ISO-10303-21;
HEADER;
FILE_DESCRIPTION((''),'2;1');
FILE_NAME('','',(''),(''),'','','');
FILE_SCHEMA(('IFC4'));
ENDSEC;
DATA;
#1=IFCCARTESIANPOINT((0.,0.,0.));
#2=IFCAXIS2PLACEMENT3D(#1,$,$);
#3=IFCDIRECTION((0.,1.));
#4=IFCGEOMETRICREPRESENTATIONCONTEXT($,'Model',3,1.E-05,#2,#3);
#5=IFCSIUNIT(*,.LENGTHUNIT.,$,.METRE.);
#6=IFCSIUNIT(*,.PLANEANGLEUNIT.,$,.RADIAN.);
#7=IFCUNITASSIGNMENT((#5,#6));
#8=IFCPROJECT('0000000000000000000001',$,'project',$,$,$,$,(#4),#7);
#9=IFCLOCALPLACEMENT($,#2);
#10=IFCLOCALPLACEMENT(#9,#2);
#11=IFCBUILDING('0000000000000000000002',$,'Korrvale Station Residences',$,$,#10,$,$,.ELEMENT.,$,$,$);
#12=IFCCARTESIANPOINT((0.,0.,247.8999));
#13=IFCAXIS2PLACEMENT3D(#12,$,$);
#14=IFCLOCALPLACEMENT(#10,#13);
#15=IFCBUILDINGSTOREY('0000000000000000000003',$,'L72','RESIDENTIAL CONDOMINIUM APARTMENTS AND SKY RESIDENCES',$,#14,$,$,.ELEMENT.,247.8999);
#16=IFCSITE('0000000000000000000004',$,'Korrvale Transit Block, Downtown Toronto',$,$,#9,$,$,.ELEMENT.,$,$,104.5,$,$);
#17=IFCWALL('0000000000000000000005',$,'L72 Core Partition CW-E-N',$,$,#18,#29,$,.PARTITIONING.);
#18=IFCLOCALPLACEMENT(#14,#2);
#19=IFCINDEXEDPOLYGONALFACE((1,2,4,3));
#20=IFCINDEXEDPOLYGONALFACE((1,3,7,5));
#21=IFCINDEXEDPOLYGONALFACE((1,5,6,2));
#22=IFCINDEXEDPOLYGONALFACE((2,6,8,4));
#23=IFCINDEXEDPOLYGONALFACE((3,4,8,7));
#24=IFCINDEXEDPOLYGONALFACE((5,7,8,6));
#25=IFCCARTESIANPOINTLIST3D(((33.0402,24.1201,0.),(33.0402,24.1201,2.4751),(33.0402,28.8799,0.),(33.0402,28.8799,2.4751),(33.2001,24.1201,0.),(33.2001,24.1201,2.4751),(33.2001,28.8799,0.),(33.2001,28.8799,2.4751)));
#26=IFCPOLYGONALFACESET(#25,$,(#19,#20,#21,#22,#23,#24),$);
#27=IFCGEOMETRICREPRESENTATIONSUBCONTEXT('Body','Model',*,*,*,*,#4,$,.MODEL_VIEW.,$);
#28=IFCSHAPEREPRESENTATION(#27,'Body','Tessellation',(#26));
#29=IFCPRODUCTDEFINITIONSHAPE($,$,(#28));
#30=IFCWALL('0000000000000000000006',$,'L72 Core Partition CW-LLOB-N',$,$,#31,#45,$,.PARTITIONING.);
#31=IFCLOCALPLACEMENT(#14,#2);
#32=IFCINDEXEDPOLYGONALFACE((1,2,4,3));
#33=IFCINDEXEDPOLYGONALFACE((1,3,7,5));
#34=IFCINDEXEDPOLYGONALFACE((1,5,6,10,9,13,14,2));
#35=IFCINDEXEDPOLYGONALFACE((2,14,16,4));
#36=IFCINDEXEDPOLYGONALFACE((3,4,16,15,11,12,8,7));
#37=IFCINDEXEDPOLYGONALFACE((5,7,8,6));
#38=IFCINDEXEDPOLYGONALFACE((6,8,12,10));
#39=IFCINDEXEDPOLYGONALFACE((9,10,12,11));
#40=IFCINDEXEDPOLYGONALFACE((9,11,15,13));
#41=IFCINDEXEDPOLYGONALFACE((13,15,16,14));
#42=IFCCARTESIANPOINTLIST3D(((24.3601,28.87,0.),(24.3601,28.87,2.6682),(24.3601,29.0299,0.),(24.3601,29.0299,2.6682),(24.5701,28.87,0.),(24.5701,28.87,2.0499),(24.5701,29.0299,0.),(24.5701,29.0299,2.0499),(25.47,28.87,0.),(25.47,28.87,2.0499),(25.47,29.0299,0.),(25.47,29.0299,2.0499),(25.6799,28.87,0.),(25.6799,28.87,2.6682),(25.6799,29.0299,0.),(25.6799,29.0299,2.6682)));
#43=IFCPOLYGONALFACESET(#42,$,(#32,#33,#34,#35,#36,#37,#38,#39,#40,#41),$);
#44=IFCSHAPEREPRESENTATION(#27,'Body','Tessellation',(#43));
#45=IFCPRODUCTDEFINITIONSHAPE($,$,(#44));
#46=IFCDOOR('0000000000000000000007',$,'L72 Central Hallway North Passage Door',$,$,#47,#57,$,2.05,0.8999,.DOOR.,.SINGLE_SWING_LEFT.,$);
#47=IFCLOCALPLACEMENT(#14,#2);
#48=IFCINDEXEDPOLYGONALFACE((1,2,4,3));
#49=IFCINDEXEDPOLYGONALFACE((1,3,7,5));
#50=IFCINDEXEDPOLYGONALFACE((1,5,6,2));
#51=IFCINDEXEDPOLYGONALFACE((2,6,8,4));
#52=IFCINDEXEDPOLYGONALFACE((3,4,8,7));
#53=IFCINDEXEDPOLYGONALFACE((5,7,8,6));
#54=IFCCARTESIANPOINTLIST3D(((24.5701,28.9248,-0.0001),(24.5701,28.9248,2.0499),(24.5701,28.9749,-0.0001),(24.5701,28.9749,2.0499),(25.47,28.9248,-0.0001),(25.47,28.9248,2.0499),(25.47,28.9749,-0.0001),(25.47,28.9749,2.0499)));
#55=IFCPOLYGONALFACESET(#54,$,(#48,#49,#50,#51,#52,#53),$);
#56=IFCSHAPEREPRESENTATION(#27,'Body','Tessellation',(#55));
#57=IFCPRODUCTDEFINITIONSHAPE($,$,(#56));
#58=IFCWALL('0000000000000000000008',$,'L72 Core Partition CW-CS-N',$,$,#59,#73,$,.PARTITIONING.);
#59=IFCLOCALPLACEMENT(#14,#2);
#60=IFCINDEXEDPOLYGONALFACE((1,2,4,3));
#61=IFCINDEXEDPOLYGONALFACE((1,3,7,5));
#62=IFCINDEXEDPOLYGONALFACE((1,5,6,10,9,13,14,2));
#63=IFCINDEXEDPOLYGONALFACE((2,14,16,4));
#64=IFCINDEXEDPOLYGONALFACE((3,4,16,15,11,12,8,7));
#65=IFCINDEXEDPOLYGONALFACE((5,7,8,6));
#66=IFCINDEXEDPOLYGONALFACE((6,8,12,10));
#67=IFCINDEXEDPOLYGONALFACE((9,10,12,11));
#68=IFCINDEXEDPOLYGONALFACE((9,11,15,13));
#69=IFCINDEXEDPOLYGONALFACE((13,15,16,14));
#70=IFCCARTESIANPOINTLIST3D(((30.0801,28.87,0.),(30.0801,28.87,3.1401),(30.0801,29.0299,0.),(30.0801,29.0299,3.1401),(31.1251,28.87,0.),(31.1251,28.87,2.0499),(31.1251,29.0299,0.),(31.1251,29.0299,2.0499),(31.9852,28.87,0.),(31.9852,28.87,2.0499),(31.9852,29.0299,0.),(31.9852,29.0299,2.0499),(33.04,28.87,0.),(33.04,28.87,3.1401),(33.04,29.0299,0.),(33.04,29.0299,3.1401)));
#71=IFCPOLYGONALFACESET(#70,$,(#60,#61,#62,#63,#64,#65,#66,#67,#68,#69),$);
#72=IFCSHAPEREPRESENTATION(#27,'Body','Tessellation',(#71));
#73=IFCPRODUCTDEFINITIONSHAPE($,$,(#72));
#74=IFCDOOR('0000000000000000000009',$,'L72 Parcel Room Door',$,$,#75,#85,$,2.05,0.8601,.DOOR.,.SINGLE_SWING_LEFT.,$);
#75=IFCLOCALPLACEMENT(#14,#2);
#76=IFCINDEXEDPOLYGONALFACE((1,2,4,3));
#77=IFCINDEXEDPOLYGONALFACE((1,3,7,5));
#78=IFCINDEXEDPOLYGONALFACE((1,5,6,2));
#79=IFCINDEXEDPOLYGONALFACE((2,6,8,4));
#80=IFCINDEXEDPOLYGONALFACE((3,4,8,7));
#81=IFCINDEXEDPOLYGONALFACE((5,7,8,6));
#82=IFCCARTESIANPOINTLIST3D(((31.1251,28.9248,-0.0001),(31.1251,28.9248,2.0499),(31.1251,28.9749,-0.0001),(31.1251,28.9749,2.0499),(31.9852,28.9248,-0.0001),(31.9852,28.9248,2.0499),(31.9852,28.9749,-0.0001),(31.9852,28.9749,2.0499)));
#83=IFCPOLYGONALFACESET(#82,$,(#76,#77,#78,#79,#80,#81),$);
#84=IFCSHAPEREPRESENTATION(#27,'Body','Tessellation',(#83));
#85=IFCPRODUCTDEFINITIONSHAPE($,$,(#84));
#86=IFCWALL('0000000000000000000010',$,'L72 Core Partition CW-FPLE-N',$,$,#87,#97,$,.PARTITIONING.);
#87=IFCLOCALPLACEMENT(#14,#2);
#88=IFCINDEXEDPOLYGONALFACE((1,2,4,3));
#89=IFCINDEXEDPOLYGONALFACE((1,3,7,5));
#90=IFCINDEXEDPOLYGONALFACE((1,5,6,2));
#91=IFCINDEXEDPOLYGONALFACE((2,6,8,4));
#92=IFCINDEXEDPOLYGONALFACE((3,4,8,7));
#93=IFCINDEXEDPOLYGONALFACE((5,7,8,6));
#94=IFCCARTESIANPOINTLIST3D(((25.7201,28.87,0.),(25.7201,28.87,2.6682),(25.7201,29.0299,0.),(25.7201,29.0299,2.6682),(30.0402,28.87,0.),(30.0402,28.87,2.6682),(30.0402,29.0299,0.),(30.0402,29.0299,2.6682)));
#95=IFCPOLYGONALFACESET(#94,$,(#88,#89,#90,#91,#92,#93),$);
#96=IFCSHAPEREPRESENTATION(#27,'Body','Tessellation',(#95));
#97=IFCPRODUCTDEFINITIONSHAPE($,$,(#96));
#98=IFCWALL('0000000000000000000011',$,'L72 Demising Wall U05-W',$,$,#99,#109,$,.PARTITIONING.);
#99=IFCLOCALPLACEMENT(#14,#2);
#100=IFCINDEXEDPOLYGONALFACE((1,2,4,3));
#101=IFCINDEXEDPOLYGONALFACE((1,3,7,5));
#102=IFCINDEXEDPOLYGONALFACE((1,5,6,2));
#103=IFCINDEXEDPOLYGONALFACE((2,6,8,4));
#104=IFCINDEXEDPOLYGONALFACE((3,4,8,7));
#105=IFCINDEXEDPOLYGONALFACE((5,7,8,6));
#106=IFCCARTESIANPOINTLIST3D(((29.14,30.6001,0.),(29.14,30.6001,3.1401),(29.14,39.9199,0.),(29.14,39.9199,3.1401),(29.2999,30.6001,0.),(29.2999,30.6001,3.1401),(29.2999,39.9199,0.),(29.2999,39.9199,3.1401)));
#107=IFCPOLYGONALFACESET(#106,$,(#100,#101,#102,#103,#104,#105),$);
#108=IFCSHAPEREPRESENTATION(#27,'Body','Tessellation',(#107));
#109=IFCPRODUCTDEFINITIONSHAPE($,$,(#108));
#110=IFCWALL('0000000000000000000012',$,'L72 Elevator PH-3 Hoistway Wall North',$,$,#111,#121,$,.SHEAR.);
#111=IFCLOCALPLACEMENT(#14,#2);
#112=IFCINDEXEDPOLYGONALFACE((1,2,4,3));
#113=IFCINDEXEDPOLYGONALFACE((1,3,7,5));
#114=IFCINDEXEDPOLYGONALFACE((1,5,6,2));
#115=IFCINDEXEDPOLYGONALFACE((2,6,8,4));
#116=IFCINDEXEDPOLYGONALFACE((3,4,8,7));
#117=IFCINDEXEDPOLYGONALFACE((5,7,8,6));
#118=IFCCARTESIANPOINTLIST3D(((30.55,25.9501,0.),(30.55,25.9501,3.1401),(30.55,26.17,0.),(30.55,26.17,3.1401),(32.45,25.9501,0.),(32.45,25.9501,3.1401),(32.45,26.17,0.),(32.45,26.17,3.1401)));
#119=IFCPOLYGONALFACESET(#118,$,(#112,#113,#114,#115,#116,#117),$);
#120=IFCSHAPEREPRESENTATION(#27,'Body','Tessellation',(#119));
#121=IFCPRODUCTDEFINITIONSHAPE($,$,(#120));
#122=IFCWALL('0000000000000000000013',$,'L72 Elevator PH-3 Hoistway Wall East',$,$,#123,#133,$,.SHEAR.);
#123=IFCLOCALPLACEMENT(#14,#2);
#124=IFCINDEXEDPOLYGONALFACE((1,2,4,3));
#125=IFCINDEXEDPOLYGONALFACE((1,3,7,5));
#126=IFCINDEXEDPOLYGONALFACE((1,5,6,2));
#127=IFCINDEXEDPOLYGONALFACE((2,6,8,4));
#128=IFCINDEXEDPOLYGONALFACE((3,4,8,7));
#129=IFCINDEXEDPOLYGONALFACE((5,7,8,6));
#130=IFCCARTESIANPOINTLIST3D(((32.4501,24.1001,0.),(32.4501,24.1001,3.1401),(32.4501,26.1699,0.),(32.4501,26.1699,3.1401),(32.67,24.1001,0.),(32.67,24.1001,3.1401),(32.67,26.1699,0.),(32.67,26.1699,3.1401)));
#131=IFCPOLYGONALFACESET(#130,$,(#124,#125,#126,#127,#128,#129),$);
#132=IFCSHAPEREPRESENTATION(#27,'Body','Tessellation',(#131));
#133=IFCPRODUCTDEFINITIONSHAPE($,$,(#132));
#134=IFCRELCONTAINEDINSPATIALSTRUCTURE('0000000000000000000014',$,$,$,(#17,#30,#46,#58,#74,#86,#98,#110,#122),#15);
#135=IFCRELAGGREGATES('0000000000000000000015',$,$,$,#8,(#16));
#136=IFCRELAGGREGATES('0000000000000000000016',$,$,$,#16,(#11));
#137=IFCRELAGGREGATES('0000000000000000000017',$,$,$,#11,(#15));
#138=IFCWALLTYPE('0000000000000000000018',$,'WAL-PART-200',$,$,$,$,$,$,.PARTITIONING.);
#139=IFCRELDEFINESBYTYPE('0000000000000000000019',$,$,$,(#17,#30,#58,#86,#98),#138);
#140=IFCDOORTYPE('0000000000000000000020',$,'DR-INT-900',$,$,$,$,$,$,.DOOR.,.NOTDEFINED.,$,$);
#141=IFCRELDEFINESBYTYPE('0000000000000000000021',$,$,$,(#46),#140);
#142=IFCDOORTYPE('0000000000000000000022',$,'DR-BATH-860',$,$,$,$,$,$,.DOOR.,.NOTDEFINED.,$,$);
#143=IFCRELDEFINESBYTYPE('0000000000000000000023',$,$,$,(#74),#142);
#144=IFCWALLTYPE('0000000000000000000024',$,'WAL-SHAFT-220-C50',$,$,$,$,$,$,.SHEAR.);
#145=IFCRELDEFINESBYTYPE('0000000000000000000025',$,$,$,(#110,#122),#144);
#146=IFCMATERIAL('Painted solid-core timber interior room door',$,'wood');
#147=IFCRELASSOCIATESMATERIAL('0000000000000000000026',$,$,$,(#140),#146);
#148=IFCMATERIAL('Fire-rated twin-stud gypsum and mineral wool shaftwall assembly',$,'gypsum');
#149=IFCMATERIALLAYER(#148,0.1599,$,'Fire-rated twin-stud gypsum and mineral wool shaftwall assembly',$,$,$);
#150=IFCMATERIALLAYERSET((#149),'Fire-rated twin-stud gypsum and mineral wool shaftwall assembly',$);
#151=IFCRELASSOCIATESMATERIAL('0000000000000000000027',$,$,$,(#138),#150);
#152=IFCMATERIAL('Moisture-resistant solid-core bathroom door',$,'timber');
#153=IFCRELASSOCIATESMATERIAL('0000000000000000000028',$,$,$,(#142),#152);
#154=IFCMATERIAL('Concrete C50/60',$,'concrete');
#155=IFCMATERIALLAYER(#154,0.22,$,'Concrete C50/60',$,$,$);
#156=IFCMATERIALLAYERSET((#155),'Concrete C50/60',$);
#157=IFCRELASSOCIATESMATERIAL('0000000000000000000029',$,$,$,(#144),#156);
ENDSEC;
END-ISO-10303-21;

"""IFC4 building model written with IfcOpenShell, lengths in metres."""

from ifc_helpers import new_model, si_unit, direction, frame, frame_2d, origin, place, context, subcontext, project, spatial, rectangle, extrude, material, layer, layer_set, type_object, element, fill, save


model = new_model("IFC4")

# Units and contexts
model_context = context("Model", 3, precision=1e-05, world=origin(), true_north=direction((0.0, 1.0)))
body_context = subcontext(model_context, "Body", "Model", "MODEL_VIEW")
ifc_project = project(units=[si_unit("LENGTHUNIT", "METRE"), si_unit("PLANEANGLEUNIT", "RADIAN")], contexts=[model_context])

# Site, building, storey
site_placement = place(None, origin())
site = spatial("IfcSite", under=ifc_project, at=site_placement, Name="Korrvale Transit Block, Downtown Toronto", CompositionType="ELEMENT", RefElevation=104.5)
building_placement = place(site_placement, origin())
building = spatial("IfcBuilding", under=site, at=building_placement, Name="Korrvale Station Residences", CompositionType="ELEMENT")
storey_placement = place(building_placement, frame((0.0, 0.0, 247.8999)))
storey = spatial("IfcBuildingStorey", under=building, at=storey_placement, Name="L72", Description="RESIDENTIAL CONDOMINIUM APARTMENTS AND SKY RESIDENCES", CompositionType="ELEMENT", Elevation=247.8999)

# Shared definitions
ifc_material_1 = material(Name="Concrete C50/60", Category="concrete")

# Shared definitions
ifc_material_2 = material(Name="Painted solid-core timber interior room door", Category="wood")
door_type_1 = type_object("IfcDoorType", Name="DR-INT-900", OperationType="NOTDEFINED", PredefinedType="DOOR", material=ifc_material_2)

# Wall
ifc_material_3 = material(Name="Fire-rated twin-stud gypsum and mineral wool shaftwall assembly", Category="gypsum")
ifc_layer_1 = layer(ifc_material_3, 0.1599, Name="Fire-rated twin-stud gypsum and mineral wool shaftwall assembly")
ifc_layer_set_1 = layer_set([ifc_layer_1], Name="Fire-rated twin-stud gypsum and mineral wool shaftwall assembly")
wall_type_1 = type_object("IfcWallType", Name="WAL-PART-200", PredefinedType="PARTITIONING", material=ifc_layer_set_1)
wall_1_placement = place(storey_placement, frame((33.1201, 24.1201, 0.0), z_axis=(0.0, 0.0, 1.0), x_axis=(0.0, 1.0, 0.0)))
element("IfcWall", 1, at=wall_1_placement, inside=storey, type_object=wall_type_1, Name="L72 Core Partition CW-E-N", PredefinedType="PARTITIONING", context=body_context, shape_type="SweptSolid", body=[
    extrude(rectangle(XDim=4.7598, YDim=0.1599, at=frame_2d((2.3799, 0.0))), origin(), (0.0, 0.0, 1.0), 2.4751),
])

# Walls, openings, doors
wall_2_placement = place(storey_placement, frame((24.3601, 28.95, 0.0), z_axis=(0.0, 0.0, 1.0), x_axis=(1.0, 0.0, 0.0)))
wall_2 = element("IfcWall", 2, at=wall_2_placement, inside=storey, type_object=wall_type_1, Name="L72 Core Partition CW-LLOB-N", PredefinedType="PARTITIONING", context=body_context, shape_type="SweptSolid", body=[
    extrude(rectangle(XDim=1.3198, YDim=0.1599, at=frame_2d((0.6599, 0.0))), origin(), (0.0, 0.0, 1.0), 2.6682),
])
opening_1_placement = place(wall_2_placement, frame((0.21, 0.0, 0.0)))
opening_1 = element("IfcOpeningElement", 3, at=opening_1_placement, cuts=wall_2, PredefinedType="OPENING", context=body_context, shape_type="SweptSolid", body=[
    extrude(rectangle(XDim=0.8999, YDim=2.05, at=frame_2d((0.45, 1.0249))), frame((0.0, 0.0898, 0.0), z_axis=(0.0, -1.0, 0.0), x_axis=(1.0, 0.0, 0.0)), (0.0, 0.0, 1.0), 0.1799),
])
door_1_placement = place(opening_1_placement, origin())
door_1 = element("IfcDoor", 4, at=door_1_placement, inside=storey, type_object=door_type_1, Name="L72 Central Hallway North Passage Door", OperationType="SINGLE_SWING_LEFT", OverallHeight=2.05, OverallWidth=0.8999, PredefinedType="DOOR", context=body_context, shape_type="SweptSolid", body=[
    extrude(rectangle(XDim=0.8999, YDim=2.05, at=frame_2d((0.45, 1.0249))), frame((0.0, 0.0249, 0.0), z_axis=(0.0, -1.0, 0.0), x_axis=(1.0, 0.0, 0.0)), (0.0, 0.0, 1.0), 0.05),
])
fill(opening_1, door_1)
wall_3_placement = place(storey_placement, frame((30.0801, 28.95, 0.0), z_axis=(0.0, 0.0, 1.0), x_axis=(1.0, 0.0, 0.0)))
wall_3 = element("IfcWall", 5, at=wall_3_placement, inside=storey, type_object=wall_type_1, Name="L72 Core Partition CW-CS-N", PredefinedType="PARTITIONING", context=body_context, shape_type="SweptSolid", body=[
    extrude(rectangle(XDim=2.96, YDim=0.1599, at=frame_2d((1.48, 0.0))), origin(), (0.0, 0.0, 1.0), 3.1401),
])
opening_2_placement = place(wall_3_placement, frame((1.0449, 0.0, 0.0)))
opening_2 = element("IfcOpeningElement", 6, at=opening_2_placement, cuts=wall_3, PredefinedType="OPENING", context=body_context, shape_type="SweptSolid", body=[
    extrude(rectangle(XDim=0.8601, YDim=2.05, at=frame_2d((0.4302, 1.0249))), frame((0.0, 0.0898, 0.0), z_axis=(0.0, -1.0, 0.0), x_axis=(1.0, 0.0, 0.0)), (0.0, 0.0, 1.0), 0.1799),
])
ifc_material_4 = material(Name="Moisture-resistant solid-core bathroom door", Category="timber")
door_type_2 = type_object("IfcDoorType", Name="DR-BATH-860", OperationType="NOTDEFINED", PredefinedType="DOOR", material=ifc_material_4)
door_2_placement = place(opening_2_placement, origin())
door_2 = element("IfcDoor", 7, at=door_2_placement, inside=storey, type_object=door_type_2, Name="L72 Parcel Room Door", OperationType="SINGLE_SWING_LEFT", OverallHeight=2.05, OverallWidth=0.8601, PredefinedType="DOOR", context=body_context, shape_type="SweptSolid", body=[
    extrude(rectangle(XDim=0.8601, YDim=2.05, at=frame_2d((0.4302, 1.0249))), frame((0.0, 0.0249, 0.0), z_axis=(0.0, -1.0, 0.0), x_axis=(1.0, 0.0, 0.0)), (0.0, 0.0, 1.0), 0.05),
])
fill(opening_2, door_2)

# Walls
wall_4_placement = place(storey_placement, frame((25.72, 28.95, 0.0), z_axis=(0.0, 0.0, 1.0), x_axis=(1.0, 0.0, 0.0)))
element("IfcWall", 8, at=wall_4_placement, inside=storey, type_object=wall_type_1, Name="L72 Core Partition CW-FPLE-N", PredefinedType="PARTITIONING", context=body_context, shape_type="SweptSolid", body=[
    extrude(rectangle(XDim=4.3201, YDim=0.1599, at=frame_2d((2.1602, 0.0))), origin(), (0.0, 0.0, 1.0), 2.6682),
])
wall_5_placement = place(storey_placement, frame((29.22, 30.6001, 0.0), z_axis=(0.0, 0.0, 1.0), x_axis=(0.0, 1.0, 0.0)))
element("IfcWall", 9, at=wall_5_placement, inside=storey, type_object=wall_type_1, Name="L72 Demising Wall U05-W", PredefinedType="PARTITIONING", context=body_context, shape_type="SweptSolid", body=[
    extrude(rectangle(XDim=9.3198, YDim=0.1599, at=frame_2d((4.6599, 0.0))), origin(), (0.0, 0.0, 1.0), 3.1401),
])
ifc_layer_2 = layer(ifc_material_1, 0.22, Name="Concrete C50/60")
ifc_layer_set_2 = layer_set([ifc_layer_2], Name="Concrete C50/60")
wall_type_2 = type_object("IfcWallType", Name="WAL-SHAFT-220-C50", PredefinedType="SHEAR", material=ifc_layer_set_2)
wall_6_placement = place(storey_placement, frame((30.55, 26.0601, 0.0), z_axis=(0.0, 0.0, 1.0), x_axis=(1.0, 0.0, 0.0)))
element("IfcWall", 10, at=wall_6_placement, inside=storey, type_object=wall_type_2, Name="L72 Elevator PH-3 Hoistway Wall North", PredefinedType="SHEAR", context=body_context, shape_type="SweptSolid", body=[
    extrude(rectangle(XDim=1.8999, YDim=0.22, at=frame_2d((0.95, 0.0))), origin(), (0.0, 0.0, 1.0), 3.1401),
])

# Wall
wall_7_placement = place(storey_placement, frame((32.5601, 24.1001, 0.0), z_axis=(0.0, 0.0, 1.0), x_axis=(0.0, 1.0, 0.0)))
element("IfcWall", 11, at=wall_7_placement, inside=storey, type_object=wall_type_2, Name="L72 Elevator PH-3 Hoistway Wall East", PredefinedType="SHEAR", context=body_context, shape_type="SweptSolid", body=[
    extrude(rectangle(XDim=2.0698, YDim=0.22, at=frame_2d((1.0349, 0.0))), origin(), (0.0, 0.0, 1.0), 3.1401),
])

save(model, "model.ifc")
